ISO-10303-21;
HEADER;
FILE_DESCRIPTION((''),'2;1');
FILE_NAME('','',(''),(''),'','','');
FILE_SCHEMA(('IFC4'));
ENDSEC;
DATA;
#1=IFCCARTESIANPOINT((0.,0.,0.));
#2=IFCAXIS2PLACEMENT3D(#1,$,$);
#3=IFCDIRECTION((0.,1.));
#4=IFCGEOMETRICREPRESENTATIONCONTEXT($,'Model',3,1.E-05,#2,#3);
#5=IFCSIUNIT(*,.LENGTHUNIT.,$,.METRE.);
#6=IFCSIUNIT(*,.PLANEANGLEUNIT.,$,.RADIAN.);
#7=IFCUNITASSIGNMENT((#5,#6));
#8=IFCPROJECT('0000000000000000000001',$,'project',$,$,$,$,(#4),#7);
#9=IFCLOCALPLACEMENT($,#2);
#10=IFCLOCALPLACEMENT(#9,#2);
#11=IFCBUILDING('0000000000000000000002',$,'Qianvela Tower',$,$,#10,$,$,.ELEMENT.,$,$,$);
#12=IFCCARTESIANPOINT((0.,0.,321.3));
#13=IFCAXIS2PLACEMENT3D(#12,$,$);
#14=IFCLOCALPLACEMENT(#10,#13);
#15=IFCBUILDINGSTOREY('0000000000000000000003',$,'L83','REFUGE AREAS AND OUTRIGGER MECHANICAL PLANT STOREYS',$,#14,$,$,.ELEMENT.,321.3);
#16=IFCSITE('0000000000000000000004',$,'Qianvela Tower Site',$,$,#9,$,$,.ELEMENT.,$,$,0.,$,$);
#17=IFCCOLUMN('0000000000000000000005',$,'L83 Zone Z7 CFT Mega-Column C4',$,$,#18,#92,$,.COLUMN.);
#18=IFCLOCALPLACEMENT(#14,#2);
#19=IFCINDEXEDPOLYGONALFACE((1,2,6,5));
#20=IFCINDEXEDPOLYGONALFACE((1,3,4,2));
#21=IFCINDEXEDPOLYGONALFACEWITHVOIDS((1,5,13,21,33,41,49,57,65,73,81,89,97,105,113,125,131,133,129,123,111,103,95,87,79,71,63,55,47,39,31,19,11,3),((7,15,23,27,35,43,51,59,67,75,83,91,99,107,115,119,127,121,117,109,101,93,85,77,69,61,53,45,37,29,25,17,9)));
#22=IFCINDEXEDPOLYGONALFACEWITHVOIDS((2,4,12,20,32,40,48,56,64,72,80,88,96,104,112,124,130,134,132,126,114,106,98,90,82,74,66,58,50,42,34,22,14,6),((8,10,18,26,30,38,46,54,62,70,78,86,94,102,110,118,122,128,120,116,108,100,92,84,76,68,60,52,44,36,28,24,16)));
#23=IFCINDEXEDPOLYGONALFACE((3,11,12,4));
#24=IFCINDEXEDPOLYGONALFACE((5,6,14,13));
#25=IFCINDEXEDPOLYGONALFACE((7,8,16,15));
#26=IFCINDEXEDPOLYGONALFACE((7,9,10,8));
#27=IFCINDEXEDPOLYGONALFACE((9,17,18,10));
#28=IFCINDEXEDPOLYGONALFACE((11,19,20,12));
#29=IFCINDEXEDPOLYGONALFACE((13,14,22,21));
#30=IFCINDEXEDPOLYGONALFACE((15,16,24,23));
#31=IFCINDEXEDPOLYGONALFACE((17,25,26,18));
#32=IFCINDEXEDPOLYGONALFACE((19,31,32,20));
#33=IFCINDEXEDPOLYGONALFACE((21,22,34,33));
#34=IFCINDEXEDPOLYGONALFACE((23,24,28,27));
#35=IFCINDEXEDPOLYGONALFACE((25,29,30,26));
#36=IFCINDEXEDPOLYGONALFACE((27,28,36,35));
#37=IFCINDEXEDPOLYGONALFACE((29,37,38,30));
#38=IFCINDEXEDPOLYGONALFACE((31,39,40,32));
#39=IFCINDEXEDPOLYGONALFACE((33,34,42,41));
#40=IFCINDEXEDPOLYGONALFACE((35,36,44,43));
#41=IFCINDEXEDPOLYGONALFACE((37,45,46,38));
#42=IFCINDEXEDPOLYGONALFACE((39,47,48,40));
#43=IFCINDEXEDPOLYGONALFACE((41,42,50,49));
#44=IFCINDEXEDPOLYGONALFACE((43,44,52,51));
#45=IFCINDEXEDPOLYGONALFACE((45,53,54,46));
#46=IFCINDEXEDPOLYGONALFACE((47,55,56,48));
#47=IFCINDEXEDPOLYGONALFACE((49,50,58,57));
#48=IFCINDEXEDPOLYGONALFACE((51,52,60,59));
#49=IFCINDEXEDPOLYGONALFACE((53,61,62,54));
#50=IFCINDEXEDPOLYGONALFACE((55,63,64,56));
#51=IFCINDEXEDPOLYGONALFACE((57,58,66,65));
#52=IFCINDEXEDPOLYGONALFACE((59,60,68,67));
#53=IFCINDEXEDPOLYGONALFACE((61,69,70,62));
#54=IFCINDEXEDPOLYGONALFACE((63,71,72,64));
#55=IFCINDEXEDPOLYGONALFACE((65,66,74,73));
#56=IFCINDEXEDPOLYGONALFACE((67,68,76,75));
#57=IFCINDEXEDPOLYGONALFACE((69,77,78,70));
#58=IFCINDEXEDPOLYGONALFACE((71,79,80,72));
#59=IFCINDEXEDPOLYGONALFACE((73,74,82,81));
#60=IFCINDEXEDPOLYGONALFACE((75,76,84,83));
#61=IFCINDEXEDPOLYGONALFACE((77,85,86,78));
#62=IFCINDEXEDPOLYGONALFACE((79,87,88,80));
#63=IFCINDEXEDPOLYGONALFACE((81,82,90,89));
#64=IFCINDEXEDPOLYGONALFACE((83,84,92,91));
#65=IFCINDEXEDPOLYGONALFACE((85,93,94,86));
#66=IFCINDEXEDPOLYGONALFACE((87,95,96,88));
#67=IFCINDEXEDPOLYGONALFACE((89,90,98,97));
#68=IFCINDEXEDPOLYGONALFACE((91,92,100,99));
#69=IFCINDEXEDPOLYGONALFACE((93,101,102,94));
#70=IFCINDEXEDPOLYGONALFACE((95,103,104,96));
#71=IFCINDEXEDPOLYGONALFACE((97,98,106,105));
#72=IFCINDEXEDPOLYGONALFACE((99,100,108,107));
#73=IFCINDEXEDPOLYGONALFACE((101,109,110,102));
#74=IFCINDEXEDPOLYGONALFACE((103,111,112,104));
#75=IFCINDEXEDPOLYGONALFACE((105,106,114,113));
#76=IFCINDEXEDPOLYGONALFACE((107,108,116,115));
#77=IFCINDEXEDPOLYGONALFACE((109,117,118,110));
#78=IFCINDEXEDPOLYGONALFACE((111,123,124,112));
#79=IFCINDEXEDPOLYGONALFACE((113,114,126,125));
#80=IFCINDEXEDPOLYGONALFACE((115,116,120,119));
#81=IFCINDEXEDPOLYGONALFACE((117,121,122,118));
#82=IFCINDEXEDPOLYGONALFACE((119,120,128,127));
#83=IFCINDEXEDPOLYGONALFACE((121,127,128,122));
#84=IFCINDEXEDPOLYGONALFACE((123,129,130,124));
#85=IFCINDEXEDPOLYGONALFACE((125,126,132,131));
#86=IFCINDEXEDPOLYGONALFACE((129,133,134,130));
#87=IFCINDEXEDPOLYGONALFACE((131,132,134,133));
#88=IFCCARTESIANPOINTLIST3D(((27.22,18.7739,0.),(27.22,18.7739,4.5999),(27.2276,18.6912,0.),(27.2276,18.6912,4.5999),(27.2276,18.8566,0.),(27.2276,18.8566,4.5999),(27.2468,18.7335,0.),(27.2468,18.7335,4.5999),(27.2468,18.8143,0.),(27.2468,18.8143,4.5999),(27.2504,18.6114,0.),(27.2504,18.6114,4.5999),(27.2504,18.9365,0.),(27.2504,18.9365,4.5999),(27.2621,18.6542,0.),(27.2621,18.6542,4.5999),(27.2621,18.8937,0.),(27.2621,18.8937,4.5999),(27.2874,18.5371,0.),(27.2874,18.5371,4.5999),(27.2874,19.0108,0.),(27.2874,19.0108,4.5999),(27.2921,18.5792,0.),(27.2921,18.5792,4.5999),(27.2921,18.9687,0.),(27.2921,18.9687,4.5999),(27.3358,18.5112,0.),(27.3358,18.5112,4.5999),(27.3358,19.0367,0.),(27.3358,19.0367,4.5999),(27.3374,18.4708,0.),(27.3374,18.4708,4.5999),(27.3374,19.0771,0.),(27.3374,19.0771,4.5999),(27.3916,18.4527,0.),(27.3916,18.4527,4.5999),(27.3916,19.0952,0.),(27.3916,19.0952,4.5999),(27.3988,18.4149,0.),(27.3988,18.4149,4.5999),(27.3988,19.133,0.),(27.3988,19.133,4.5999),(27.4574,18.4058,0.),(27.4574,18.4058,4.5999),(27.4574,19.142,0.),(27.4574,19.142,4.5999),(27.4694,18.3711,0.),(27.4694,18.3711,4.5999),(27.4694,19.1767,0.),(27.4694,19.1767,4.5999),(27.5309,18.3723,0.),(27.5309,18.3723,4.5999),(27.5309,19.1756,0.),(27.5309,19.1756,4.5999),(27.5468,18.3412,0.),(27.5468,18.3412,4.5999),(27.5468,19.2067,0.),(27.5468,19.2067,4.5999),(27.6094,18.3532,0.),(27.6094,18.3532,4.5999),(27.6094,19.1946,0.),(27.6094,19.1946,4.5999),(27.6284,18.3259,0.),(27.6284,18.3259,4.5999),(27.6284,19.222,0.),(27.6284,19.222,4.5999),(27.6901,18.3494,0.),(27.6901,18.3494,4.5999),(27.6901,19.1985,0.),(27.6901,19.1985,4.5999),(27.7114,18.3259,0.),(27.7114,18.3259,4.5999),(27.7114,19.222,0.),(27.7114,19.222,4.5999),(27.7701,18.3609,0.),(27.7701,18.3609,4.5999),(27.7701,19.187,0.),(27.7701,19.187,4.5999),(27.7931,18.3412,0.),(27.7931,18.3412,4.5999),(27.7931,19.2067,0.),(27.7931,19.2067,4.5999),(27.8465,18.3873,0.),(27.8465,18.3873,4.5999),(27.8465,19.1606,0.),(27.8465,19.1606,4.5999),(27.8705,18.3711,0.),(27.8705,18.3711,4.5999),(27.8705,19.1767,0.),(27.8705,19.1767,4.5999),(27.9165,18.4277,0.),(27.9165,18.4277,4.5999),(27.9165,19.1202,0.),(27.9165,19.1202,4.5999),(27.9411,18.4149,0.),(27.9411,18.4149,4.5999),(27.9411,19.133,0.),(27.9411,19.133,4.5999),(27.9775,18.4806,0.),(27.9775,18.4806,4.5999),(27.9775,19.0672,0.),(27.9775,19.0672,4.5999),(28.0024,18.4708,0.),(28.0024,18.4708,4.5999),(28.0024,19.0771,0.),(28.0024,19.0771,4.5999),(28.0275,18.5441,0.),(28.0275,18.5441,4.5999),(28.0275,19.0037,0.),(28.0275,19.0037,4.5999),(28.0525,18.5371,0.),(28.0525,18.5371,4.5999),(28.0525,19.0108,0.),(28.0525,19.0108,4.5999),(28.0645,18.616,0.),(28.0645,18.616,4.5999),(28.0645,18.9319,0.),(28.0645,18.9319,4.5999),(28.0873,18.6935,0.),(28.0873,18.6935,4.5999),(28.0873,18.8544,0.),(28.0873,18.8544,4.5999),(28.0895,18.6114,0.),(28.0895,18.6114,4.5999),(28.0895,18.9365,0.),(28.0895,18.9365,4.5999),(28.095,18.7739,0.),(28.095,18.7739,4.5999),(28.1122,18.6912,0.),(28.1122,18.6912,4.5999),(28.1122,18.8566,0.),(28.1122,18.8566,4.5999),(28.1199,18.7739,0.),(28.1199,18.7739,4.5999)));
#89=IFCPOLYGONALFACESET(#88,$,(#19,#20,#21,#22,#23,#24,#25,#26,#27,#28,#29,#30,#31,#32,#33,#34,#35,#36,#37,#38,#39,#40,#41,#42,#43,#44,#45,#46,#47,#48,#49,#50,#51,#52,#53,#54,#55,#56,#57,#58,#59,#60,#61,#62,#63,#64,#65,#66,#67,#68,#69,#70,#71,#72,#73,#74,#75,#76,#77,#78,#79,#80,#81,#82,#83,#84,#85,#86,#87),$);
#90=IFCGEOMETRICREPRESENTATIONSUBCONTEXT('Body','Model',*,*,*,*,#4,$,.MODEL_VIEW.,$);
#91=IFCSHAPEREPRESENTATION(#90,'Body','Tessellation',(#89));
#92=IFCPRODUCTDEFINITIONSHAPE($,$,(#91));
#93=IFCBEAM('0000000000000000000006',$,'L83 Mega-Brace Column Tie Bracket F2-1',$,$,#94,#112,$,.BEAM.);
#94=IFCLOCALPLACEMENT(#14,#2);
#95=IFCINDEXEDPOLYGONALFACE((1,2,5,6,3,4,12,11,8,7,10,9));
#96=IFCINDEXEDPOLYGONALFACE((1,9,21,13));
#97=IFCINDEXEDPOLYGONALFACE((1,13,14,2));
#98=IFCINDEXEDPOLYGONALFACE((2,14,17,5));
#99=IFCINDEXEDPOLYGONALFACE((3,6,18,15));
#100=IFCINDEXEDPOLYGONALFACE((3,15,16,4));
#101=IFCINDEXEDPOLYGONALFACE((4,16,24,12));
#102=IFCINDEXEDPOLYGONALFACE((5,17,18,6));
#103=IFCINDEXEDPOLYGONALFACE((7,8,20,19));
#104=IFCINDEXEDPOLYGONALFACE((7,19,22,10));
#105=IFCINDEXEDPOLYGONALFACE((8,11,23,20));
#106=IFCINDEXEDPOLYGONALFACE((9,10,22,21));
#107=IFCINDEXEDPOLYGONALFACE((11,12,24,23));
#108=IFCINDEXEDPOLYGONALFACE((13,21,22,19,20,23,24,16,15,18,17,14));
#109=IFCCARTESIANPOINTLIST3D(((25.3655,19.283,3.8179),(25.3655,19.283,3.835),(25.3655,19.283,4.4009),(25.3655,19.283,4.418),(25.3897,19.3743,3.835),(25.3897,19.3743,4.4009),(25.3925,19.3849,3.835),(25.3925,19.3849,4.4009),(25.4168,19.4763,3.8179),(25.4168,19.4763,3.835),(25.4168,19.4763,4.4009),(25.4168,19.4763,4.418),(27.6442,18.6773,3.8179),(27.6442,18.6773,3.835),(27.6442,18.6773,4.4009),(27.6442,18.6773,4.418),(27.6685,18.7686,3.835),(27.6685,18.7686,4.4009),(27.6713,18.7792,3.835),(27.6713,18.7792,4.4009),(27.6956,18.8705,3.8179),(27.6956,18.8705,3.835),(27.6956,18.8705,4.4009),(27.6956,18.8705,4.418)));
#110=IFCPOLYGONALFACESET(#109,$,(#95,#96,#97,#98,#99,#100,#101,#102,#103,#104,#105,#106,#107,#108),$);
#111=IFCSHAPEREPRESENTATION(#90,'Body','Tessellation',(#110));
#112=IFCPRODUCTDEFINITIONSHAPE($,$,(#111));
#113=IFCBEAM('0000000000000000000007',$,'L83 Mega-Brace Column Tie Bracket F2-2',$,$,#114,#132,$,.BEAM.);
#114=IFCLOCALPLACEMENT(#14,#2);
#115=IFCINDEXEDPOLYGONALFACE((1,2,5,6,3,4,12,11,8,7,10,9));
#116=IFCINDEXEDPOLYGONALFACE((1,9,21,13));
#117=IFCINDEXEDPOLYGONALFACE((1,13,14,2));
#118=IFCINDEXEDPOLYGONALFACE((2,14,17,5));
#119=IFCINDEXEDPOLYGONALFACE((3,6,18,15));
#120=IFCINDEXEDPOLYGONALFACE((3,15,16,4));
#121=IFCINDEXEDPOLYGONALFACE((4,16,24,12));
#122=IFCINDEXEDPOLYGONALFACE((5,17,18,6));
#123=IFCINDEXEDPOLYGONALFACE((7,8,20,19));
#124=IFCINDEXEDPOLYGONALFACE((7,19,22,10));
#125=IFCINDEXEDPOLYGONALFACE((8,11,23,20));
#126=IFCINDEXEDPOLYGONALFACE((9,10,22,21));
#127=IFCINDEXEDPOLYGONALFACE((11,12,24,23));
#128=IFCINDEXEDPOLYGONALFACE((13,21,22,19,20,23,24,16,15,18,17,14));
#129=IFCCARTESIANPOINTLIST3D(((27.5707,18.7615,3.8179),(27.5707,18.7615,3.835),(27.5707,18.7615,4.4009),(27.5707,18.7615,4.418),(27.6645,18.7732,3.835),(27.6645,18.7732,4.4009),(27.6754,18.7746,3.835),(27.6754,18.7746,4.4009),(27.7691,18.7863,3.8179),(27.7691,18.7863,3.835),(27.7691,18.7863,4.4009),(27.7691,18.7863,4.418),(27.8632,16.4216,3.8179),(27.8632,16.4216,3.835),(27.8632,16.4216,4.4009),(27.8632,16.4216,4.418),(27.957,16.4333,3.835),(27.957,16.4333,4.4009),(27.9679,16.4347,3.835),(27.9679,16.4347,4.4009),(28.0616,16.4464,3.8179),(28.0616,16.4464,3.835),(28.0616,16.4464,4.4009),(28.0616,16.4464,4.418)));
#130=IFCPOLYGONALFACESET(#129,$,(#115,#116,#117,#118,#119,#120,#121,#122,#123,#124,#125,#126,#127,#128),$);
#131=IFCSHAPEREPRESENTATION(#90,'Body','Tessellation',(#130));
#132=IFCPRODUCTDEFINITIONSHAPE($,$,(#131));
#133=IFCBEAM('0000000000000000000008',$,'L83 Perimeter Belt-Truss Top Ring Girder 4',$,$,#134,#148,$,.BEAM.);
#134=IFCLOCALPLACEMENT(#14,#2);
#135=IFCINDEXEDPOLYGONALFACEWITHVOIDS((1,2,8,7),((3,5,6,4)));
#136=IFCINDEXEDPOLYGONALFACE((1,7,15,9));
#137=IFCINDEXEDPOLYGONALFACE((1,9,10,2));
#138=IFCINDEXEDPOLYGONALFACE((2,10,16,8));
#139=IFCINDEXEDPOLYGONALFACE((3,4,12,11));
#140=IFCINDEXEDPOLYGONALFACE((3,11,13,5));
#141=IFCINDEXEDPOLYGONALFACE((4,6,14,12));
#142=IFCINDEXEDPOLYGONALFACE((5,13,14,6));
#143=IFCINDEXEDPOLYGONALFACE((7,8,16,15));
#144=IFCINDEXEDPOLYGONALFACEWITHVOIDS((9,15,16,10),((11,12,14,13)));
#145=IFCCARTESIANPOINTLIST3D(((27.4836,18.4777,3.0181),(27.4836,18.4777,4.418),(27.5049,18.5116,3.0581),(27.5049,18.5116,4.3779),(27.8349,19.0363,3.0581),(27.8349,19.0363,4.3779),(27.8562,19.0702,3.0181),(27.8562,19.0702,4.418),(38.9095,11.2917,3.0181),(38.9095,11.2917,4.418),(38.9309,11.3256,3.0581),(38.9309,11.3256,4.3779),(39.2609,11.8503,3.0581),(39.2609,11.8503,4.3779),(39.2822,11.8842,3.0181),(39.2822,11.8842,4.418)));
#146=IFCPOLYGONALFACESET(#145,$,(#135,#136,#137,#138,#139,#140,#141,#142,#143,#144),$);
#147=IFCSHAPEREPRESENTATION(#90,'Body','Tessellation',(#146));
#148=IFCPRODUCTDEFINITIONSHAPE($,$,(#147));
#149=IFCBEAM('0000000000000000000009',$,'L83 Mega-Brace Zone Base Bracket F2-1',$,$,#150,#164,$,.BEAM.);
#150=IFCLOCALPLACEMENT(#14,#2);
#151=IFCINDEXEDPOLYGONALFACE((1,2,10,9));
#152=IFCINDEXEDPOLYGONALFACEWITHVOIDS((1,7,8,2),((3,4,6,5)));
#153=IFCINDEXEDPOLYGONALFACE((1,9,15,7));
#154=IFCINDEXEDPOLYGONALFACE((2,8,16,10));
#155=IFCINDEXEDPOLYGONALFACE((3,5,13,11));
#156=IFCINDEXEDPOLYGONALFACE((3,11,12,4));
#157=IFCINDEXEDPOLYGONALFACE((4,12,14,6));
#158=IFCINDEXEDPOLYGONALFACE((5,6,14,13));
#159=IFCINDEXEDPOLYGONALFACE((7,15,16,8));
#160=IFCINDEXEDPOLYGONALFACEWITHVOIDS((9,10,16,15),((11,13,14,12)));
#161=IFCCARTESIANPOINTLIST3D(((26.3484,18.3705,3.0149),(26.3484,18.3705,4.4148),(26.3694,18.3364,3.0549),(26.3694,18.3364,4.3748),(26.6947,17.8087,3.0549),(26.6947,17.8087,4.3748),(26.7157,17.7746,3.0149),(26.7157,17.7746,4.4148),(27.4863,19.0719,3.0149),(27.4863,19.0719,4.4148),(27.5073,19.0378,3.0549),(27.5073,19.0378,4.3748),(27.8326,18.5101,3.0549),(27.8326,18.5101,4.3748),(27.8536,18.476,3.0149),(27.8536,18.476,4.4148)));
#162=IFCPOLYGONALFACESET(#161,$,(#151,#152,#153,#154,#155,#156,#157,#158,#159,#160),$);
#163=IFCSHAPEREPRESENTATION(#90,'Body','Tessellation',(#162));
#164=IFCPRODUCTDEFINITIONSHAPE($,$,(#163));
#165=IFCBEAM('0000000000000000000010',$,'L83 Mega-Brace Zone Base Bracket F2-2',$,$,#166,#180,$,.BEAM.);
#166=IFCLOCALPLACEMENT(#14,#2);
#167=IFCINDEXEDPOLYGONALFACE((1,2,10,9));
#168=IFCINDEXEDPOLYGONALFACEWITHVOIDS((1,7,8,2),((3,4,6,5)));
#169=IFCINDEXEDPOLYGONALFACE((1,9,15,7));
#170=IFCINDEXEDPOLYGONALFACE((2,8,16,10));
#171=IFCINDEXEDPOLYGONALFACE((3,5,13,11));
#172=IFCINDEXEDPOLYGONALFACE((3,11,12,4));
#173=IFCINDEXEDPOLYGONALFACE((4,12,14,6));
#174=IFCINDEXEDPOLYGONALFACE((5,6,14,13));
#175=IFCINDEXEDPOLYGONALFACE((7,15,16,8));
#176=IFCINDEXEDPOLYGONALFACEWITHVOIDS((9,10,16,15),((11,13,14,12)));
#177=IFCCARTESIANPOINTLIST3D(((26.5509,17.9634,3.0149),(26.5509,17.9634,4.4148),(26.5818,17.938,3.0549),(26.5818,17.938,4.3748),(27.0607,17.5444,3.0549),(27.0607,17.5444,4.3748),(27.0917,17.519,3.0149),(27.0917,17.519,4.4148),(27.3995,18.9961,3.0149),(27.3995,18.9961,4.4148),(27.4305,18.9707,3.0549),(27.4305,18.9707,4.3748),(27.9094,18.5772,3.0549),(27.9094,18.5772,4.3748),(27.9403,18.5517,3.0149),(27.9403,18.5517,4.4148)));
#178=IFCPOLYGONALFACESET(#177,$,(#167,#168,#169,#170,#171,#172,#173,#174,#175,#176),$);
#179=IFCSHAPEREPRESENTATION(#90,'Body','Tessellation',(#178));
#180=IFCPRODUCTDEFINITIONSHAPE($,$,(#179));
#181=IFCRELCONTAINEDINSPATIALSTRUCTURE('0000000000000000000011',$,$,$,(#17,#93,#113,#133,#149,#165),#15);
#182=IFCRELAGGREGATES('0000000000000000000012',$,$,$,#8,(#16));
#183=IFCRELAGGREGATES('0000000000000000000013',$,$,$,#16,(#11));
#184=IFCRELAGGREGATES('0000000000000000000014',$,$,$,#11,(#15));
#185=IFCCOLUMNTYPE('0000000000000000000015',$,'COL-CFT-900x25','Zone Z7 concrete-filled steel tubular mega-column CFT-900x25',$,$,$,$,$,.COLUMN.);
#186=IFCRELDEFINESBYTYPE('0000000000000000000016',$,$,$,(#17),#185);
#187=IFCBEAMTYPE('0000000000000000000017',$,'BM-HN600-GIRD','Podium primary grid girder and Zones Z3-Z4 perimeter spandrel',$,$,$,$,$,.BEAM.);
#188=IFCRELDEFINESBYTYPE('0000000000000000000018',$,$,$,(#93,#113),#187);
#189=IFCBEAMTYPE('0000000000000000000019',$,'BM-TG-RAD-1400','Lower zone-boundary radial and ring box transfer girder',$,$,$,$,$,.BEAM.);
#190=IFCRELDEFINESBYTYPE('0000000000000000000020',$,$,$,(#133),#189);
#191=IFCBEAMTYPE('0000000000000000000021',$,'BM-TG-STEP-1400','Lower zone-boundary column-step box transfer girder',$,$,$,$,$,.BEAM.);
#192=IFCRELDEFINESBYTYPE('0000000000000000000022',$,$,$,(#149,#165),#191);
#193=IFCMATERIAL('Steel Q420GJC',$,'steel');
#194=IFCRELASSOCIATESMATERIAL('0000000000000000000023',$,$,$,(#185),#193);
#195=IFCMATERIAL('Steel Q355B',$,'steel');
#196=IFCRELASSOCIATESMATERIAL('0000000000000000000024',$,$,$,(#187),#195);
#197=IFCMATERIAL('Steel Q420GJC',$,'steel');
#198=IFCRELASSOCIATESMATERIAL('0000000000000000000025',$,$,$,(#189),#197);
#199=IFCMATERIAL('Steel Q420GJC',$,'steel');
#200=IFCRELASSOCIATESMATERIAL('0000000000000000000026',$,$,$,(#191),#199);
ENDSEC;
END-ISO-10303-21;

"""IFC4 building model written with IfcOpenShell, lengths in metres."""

from ifc_helpers import new_model, si_unit, direction, frame, origin, origin_2d, place, context, subcontext, project, spatial, hollow_rectangle, hollow_circle, i_section, extrude, material, material_profile, profile_set, type_object, element, save


model = new_model("IFC4")

# Units and contexts
model_context = context("Model", 3, precision=1e-05, world=origin(), true_north=direction((0.0, 1.0)))
body_context = subcontext(model_context, "Body", "Model", "MODEL_VIEW")
ifc_project = project(units=[si_unit("LENGTHUNIT", "METRE"), si_unit("PLANEANGLEUNIT", "RADIAN")], contexts=[model_context])

# Site, building, storey
site_placement = place(None, origin())
site = spatial("IfcSite", under=ifc_project, at=site_placement, Name="Qianvela Tower Site", CompositionType="ELEMENT", RefElevation=0.0)
building_placement = place(site_placement, origin())
building = spatial("IfcBuilding", under=site, at=building_placement, Name="Qianvela Tower", CompositionType="ELEMENT")
storey_placement = place(building_placement, frame((0.0, 0.0, 321.3)))
storey = spatial("IfcBuildingStorey", under=building, at=storey_placement, Name="L83", Description="REFUGE AREAS AND OUTRIGGER MECHANICAL PLANT STOREYS", CompositionType="ELEMENT", Elevation=321.3)

# Column
ifc_material_1 = material(Name="Steel Q420GJC", Category="steel")
ifc_material_profile_1 = material_profile(ifc_material_1, hollow_circle(Radius=0.45, WallThickness=0.0249, at=origin_2d()), Name="CFT-900x25")
ifc_profile_set_1 = profile_set([ifc_material_profile_1], Name="Steel Q420GJC")
column_type = type_object("IfcColumnType", Name="COL-CFT-900x25", Description="Zone Z7 concrete-filled steel tubular mega-column CFT-900x25", PredefinedType="COLUMN", material=ifc_profile_set_1)
column_placement = place(storey_placement, frame((27.6699, 18.7739, 0.0), z_axis=(0.0, 0.0, 1.0), x_axis=(1.0, 0.0, 0.0)))
element("IfcColumn", 1, at=column_placement, inside=storey, type_object=column_type, Name="L83 Zone Z7 CFT Mega-Column C4", PredefinedType="COLUMN", context=body_context, shape_type="SweptSolid", body=[
    extrude(hollow_circle(Radius=0.45, WallThickness=0.0249, at=origin_2d()), origin(), (0.0, 0.0, 1.0), 4.5999),
])

# Beams
ifc_material_2 = material(Name="Steel Q355B", Category="steel")
ifc_material_profile_2 = material_profile(ifc_material_2, i_section(OverallWidth=0.2, OverallDepth=0.6001, WebThickness=0.011, FlangeThickness=0.0171, at=origin_2d()), Name="HN600x200x11x17")
ifc_profile_set_2 = profile_set([ifc_material_profile_2], Name="Steel Q355B")
beam_type_1 = type_object("IfcBeamType", Name="BM-HN600-GIRD", Description="Podium primary grid girder and Zones Z3-Z4 perimeter spandrel", PredefinedType="BEAM", material=ifc_profile_set_2)
beam_1_placement = place(storey_placement, frame((27.6699, 18.7739, 4.1179), z_axis=(-0.966443, 0.256883, 0.0), x_axis=(-0.256883, -0.966443, 0.0)))
element("IfcBeam", 2, at=beam_1_placement, inside=storey, type_object=beam_type_1, Name="L83 Mega-Brace Column Tie Bracket F2-1", PredefinedType="BEAM", context=body_context, shape_type="SweptSolid", body=[
    extrude(i_section(OverallWidth=0.2, OverallDepth=0.6001, WebThickness=0.011, FlangeThickness=0.0171, at=origin_2d()), origin(), (0.0, 0.0, 1.0), 2.3579),
])
beam_2_placement = place(storey_placement, frame((27.6699, 18.7739, 4.1179), z_axis=(0.124035, -0.992278, 0.0), x_axis=(0.992278, 0.124035, 0.0)))
element("IfcBeam", 3, at=beam_2_placement, inside=storey, type_object=beam_type_1, Name="L83 Mega-Brace Column Tie Bracket F2-2", PredefinedType="BEAM", context=body_context, shape_type="SweptSolid", body=[
    extrude(i_section(OverallWidth=0.2, OverallDepth=0.6001, WebThickness=0.011, FlangeThickness=0.0171, at=origin_2d()), origin(), (0.0, 0.0, 1.0), 2.3582),
])
ifc_material_3 = material(Name="Steel Q420GJC", Category="steel")
ifc_material_profile_3 = material_profile(ifc_material_3, hollow_rectangle(XDim=0.7, YDim=1.3999, WallThickness=0.04, at=origin_2d()), Name="TG-BOX-1400x700x40")
ifc_profile_set_3 = profile_set([ifc_material_profile_3], Name="Steel Q420GJC")
beam_type_2 = type_object("IfcBeamType", Name="BM-TG-RAD-1400", Description="Lower zone-boundary radial and ring box transfer girder", PredefinedType="BEAM", material=ifc_profile_set_3)
beam_3_placement = place(storey_placement, frame((27.6699, 18.7739, 3.718), z_axis=(0.846504, -0.532382, 0.0), x_axis=(0.532382, 0.846504, 0.0)))
element("IfcBeam", 4, at=beam_3_placement, inside=storey, type_object=beam_type_2, Name="L83 Perimeter Belt-Truss Top Ring Girder 4", PredefinedType="BEAM", context=body_context, shape_type="SweptSolid", body=[
    extrude(hollow_rectangle(XDim=0.7, YDim=1.3999, WallThickness=0.04, at=origin_2d()), origin(), (0.0, 0.0, 1.0), 13.4978),
])
ifc_material_4 = material(Name="Steel Q420GJC", Category="steel")
ifc_material_profile_4 = material_profile(ifc_material_4, hollow_rectangle(XDim=0.7, YDim=1.3999, WallThickness=0.04, at=origin_2d()), Name="TG-BOX-1400x700x40")
ifc_profile_set_4 = profile_set([ifc_material_profile_4], Name="Steel Q420GJC")
beam_type_3 = type_object("IfcBeamType", Name="BM-TG-STEP-1400", Description="Lower zone-boundary column-step box transfer girder", PredefinedType="BEAM", material=ifc_profile_set_4)
for number, where, z_axis, x_axis, name in (
    (5, (27.6699, 18.7739, 3.7148), (-0.851276, -0.524719, 0.0), (0.524719, -0.851276, 0.0), "L83 Mega-Brace Zone Base Bracket F2-1"),
    (6, (27.6699, 18.7739, 3.7148), (-0.634887, -0.772605, 0.0), (0.772605, -0.634887, 0.0), "L83 Mega-Brace Zone Base Bracket F2-2"),
):
    element("IfcBeam", number, at=place(storey_placement, frame(where, z_axis=z_axis, x_axis=x_axis)), inside=storey, type_object=beam_type_3, Name=name, PredefinedType="BEAM", context=body_context, shape_type="SweptSolid", body=[
        extrude(hollow_rectangle(XDim=0.7, YDim=1.3999, WallThickness=0.04, at=origin_2d()), origin(), (0.0, 0.0, 1.0), 1.3367),
    ])

save(model, "model.ifc")
